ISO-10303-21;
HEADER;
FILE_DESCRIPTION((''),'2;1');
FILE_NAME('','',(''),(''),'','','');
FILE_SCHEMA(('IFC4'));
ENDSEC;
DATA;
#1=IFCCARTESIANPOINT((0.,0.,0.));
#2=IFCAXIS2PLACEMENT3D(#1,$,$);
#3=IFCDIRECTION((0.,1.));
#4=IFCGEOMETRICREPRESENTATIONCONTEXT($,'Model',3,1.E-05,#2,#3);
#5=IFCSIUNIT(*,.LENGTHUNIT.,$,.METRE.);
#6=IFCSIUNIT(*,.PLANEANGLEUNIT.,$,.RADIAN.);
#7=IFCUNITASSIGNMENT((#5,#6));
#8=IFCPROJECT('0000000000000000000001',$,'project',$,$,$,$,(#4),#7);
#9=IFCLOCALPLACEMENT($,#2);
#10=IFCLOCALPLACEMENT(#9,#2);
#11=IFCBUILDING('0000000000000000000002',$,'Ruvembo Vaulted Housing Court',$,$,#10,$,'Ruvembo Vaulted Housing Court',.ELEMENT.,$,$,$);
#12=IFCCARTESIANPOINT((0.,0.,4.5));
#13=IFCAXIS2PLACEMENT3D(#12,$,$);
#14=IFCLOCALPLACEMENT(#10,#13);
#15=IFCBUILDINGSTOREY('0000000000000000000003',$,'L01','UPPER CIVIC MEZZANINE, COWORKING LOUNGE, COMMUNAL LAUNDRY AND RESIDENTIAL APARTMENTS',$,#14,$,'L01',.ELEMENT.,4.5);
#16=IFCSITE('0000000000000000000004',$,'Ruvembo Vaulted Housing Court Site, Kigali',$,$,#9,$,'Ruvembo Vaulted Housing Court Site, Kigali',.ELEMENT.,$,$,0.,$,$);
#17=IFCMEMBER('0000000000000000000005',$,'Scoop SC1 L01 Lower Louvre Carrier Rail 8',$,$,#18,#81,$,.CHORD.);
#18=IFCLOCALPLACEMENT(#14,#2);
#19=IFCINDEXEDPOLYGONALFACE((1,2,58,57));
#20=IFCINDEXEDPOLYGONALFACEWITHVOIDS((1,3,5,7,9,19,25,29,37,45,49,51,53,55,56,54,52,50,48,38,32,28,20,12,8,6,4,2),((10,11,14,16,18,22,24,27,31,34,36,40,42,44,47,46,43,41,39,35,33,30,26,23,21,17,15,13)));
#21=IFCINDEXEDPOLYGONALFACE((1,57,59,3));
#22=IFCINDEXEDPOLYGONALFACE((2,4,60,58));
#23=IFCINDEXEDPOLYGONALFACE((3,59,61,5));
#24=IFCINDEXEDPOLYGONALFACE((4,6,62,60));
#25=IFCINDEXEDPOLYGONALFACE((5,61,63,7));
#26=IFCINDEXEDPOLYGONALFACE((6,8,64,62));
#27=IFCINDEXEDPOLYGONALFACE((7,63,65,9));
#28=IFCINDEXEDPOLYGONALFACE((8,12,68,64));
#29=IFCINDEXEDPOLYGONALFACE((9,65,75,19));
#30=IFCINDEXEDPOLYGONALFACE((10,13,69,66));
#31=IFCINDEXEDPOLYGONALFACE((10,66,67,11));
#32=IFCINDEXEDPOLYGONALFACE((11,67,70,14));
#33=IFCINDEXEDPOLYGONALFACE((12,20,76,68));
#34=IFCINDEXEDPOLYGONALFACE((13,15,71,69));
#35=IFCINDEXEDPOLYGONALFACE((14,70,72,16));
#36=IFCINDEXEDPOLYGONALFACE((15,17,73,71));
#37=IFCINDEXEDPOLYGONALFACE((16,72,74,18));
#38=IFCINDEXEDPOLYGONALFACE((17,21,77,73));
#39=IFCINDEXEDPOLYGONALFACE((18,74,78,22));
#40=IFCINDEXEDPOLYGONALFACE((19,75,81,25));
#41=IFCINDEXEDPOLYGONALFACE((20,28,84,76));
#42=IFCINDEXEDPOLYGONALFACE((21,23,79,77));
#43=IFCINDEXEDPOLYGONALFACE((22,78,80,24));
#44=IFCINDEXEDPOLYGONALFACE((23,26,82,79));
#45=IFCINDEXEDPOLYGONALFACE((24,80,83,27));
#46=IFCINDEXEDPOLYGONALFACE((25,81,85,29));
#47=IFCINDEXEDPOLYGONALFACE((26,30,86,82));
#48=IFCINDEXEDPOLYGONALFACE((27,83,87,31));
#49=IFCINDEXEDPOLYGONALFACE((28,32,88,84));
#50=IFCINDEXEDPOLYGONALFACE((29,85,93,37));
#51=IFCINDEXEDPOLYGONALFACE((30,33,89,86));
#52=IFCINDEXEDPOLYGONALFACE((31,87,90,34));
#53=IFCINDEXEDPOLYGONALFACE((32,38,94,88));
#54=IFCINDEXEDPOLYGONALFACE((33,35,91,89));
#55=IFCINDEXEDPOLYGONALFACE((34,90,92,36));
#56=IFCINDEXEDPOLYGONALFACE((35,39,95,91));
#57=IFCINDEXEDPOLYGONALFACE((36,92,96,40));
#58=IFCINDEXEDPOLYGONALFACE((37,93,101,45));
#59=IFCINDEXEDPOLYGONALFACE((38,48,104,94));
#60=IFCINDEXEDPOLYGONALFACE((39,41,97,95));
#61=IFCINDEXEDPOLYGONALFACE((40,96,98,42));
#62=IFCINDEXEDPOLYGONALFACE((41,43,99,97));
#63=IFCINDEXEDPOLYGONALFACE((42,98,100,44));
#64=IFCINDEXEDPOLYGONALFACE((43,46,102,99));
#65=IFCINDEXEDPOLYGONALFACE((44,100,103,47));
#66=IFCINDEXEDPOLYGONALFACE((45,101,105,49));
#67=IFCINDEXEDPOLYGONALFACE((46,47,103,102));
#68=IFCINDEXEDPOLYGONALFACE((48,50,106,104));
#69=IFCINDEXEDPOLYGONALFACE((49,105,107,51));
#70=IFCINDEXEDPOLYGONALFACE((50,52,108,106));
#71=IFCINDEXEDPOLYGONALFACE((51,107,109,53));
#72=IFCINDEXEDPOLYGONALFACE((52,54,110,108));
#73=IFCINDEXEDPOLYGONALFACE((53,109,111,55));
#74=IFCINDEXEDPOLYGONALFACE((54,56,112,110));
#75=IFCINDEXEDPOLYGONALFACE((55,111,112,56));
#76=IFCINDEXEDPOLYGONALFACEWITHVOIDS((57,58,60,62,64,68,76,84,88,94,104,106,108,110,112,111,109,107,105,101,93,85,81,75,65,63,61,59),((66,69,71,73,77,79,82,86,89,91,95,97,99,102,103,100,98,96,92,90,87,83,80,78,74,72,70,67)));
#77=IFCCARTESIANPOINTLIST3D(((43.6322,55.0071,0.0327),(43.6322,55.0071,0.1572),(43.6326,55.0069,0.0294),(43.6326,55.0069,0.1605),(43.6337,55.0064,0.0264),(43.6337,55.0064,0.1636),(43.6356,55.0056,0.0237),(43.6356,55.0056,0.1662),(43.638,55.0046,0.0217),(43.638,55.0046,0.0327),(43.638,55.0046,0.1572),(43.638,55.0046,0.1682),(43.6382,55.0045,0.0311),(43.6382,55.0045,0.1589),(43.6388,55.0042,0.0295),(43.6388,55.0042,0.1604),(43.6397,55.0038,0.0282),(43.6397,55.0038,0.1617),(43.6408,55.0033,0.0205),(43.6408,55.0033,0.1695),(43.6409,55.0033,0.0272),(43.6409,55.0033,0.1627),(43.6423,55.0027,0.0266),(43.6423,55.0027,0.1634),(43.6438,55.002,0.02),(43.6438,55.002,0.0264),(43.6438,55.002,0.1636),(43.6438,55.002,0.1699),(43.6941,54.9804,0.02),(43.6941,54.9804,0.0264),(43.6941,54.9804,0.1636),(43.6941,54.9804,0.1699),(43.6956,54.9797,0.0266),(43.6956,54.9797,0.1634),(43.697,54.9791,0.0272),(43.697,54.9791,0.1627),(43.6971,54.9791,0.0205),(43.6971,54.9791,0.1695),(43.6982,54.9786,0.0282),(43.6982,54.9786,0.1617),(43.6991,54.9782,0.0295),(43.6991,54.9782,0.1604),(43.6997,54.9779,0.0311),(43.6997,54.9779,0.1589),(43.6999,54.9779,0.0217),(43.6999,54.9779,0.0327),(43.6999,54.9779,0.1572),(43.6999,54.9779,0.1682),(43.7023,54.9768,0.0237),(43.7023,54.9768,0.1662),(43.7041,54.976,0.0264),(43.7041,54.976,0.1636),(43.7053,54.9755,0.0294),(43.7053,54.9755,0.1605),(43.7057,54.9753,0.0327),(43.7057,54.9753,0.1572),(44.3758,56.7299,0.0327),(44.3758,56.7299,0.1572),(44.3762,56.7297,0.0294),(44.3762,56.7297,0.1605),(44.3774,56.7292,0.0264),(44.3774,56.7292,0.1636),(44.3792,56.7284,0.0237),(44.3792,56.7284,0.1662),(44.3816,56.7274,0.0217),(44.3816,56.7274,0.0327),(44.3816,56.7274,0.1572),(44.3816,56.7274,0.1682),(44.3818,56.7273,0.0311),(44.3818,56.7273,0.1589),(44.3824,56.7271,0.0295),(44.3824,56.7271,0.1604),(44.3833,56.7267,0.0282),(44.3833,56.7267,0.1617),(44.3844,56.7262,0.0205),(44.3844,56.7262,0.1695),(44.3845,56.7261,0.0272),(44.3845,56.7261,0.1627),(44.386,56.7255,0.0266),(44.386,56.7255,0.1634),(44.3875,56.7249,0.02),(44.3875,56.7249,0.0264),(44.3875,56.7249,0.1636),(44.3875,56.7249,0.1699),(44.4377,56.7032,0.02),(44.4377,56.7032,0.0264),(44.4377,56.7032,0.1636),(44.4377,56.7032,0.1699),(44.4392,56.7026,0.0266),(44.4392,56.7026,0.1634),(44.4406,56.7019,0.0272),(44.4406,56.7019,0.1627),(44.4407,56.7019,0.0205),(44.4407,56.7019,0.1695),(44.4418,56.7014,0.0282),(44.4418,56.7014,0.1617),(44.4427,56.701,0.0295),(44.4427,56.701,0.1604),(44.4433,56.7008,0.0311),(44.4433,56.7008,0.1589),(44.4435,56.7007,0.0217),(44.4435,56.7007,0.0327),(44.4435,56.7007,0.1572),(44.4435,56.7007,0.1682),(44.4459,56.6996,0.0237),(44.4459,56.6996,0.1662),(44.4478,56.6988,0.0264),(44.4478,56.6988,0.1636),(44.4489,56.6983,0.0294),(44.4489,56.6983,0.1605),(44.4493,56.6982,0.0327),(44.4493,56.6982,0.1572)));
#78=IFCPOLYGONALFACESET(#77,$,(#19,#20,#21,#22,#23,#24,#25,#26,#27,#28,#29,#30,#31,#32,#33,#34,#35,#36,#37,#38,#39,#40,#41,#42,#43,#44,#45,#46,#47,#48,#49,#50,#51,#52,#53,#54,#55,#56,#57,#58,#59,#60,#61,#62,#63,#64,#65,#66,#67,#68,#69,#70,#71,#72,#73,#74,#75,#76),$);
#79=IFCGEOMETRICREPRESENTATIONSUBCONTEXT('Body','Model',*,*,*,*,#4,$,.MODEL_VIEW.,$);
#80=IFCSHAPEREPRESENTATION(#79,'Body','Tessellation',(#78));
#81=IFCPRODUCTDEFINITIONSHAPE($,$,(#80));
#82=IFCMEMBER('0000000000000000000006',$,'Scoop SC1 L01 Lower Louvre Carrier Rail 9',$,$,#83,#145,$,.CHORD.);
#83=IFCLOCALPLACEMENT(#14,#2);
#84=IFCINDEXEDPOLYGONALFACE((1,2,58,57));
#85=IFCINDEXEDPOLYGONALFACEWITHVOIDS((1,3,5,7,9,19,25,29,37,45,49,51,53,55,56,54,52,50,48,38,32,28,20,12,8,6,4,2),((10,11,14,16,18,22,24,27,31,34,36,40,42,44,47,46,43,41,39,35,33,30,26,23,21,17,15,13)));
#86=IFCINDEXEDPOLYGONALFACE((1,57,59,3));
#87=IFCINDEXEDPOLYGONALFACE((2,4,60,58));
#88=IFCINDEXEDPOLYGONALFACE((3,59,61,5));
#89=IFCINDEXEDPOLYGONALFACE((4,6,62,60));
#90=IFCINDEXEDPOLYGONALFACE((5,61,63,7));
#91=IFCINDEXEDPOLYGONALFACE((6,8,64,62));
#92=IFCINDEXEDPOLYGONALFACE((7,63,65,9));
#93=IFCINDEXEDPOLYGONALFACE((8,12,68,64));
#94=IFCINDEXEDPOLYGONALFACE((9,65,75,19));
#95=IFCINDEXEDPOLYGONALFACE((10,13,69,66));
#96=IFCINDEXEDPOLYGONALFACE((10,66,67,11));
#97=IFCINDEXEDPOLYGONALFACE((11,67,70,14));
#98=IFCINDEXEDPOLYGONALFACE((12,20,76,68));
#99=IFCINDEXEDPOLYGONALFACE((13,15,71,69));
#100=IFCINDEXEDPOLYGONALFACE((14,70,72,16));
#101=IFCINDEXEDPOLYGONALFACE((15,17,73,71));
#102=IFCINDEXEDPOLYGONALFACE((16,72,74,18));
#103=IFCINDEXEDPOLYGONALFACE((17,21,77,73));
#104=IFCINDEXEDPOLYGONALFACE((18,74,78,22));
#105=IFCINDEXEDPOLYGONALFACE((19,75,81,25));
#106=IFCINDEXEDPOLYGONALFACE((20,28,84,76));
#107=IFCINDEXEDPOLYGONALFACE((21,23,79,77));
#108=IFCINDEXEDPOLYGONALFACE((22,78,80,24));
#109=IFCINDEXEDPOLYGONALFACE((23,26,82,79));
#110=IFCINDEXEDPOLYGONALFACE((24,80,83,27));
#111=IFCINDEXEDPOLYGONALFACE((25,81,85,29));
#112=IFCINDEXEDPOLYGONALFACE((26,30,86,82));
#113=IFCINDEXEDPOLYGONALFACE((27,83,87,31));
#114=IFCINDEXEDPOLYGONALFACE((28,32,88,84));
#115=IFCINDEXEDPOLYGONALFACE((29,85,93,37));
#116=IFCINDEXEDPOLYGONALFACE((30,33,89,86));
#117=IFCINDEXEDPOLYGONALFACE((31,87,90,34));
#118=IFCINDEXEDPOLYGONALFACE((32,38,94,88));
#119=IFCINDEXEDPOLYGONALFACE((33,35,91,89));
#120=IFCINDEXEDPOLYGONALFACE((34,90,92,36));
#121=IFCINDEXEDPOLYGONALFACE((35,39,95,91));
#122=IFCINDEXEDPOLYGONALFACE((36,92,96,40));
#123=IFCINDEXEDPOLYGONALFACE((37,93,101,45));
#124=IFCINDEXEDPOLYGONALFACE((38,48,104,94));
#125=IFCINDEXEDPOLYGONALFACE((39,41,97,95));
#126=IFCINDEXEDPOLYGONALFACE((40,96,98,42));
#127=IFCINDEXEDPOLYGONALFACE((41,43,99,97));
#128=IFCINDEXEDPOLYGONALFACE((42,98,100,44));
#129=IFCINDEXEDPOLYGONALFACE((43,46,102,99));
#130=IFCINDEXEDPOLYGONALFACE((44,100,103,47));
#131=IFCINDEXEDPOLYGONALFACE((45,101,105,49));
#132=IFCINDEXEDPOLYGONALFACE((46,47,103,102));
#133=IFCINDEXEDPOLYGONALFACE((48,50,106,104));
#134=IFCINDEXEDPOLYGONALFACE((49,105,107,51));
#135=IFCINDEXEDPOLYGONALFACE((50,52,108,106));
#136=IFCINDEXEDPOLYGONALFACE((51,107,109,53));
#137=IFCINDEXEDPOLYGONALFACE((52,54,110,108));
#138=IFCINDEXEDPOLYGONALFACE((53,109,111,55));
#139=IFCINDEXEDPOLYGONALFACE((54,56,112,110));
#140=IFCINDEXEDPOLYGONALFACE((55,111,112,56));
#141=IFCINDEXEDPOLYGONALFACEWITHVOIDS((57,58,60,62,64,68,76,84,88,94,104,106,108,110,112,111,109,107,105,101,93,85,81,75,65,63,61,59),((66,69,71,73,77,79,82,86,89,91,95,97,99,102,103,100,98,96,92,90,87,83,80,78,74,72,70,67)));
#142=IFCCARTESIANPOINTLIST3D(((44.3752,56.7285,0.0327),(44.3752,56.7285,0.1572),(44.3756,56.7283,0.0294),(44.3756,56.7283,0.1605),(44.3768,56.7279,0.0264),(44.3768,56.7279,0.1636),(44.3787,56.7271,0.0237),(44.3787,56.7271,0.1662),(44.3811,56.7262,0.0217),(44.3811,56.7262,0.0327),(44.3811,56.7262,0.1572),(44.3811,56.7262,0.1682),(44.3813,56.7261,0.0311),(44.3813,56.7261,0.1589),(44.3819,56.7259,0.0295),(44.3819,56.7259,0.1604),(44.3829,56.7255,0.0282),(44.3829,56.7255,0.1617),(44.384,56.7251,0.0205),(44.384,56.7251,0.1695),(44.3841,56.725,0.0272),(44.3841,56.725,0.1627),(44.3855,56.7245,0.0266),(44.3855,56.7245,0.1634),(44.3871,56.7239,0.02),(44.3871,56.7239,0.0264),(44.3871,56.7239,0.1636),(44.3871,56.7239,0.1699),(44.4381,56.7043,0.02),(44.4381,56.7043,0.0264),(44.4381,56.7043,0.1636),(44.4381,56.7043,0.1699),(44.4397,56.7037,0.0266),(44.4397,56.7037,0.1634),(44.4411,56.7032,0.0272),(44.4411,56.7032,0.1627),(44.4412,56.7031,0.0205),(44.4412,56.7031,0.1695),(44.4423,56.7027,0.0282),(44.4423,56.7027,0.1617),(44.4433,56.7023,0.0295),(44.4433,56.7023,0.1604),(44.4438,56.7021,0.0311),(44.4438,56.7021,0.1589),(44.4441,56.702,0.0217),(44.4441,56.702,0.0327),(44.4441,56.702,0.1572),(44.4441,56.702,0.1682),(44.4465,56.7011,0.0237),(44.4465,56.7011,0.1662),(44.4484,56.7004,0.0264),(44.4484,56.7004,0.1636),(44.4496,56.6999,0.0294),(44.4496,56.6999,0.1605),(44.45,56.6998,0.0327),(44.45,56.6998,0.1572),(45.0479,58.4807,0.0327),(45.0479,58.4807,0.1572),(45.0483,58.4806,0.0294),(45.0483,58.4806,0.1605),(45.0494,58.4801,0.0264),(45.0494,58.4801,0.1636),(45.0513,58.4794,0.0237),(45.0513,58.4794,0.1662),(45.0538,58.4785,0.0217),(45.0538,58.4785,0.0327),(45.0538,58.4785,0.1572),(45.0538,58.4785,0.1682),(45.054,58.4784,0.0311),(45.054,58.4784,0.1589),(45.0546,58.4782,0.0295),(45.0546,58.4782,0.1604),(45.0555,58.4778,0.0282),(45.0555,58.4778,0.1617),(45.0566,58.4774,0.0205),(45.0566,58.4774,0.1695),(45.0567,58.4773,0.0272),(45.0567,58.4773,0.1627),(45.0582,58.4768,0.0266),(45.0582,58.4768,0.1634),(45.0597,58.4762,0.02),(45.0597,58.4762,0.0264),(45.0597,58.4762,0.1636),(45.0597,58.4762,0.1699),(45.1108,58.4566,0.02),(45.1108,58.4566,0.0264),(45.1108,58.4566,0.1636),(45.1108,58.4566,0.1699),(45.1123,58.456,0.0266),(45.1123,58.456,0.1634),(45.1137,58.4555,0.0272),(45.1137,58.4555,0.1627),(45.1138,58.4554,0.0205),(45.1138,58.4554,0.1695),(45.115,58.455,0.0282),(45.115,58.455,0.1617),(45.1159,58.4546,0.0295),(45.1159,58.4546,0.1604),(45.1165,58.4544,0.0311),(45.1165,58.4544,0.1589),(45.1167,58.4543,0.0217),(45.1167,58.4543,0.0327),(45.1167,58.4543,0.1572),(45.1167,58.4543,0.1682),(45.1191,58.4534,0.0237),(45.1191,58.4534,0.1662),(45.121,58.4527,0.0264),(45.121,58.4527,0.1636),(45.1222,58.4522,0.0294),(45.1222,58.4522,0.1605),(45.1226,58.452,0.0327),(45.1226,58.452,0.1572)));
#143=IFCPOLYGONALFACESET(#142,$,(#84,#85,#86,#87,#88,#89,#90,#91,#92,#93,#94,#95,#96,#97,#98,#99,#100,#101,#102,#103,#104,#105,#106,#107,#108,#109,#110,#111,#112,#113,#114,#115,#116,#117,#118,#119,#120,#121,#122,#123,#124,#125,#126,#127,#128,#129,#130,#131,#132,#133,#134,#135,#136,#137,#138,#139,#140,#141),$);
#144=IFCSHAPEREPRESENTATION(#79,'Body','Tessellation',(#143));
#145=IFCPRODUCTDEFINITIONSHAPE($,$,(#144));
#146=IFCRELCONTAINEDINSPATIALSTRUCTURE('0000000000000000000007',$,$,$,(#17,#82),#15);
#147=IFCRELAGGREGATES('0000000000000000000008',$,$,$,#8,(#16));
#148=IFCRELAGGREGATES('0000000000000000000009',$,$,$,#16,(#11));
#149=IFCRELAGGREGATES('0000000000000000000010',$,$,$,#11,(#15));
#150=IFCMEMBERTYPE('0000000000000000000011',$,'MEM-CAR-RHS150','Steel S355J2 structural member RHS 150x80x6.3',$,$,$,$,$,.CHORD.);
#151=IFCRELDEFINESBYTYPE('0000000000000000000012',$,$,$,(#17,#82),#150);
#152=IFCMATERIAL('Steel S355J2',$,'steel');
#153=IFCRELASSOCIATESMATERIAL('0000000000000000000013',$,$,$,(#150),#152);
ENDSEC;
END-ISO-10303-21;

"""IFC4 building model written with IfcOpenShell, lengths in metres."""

from ifc_helpers import new_model, si_unit, direction, frame, origin, origin_2d, place, context, subcontext, project, spatial, hollow_rectangle, extrude, material, material_profile, profile_set, type_object, element, save


model = new_model("IFC4")

# Units and contexts
model_context = context("Model", 3, precision=1e-05, world=origin(), true_north=direction((0.0, 1.0)))
body_context = subcontext(model_context, "Body", "Model", "MODEL_VIEW")
ifc_project = project(units=[si_unit("LENGTHUNIT", "METRE"), si_unit("PLANEANGLEUNIT", "RADIAN")], contexts=[model_context])

# Site, building, storey
site_placement = place(None, origin())
site = spatial("IfcSite", under=ifc_project, at=site_placement, Name="Ruvembo Vaulted Housing Court Site, Kigali", LongName="Ruvembo Vaulted Housing Court Site, Kigali", CompositionType="ELEMENT", RefElevation=0.0)
building_placement = place(site_placement, origin())
building = spatial("IfcBuilding", under=site, at=building_placement, Name="Ruvembo Vaulted Housing Court", LongName="Ruvembo Vaulted Housing Court", CompositionType="ELEMENT")
storey_placement = place(building_placement, frame((0.0, 0.0, 4.5)))
storey = spatial("IfcBuildingStorey", under=building, at=storey_placement, Name="L01", Description="UPPER CIVIC MEZZANINE, COWORKING LOUNGE, COMMUNAL LAUNDRY AND RESIDENTIAL APARTMENTS", LongName="L01", CompositionType="ELEMENT", Elevation=4.5)

# Shared definitions
ifc_material_1 = material(Name="Steel S355J2", Category="steel")

# Members
ifc_material_profile_1 = material_profile(ifc_material_1, hollow_rectangle(XDim=0.0801, YDim=0.1499, WallThickness=0.0063, InnerFilletRadius=0.0063, OuterFilletRadius=0.0127, at=origin_2d()), Name="RHS 150x80x6.3")
ifc_profile_set_1 = profile_set([ifc_material_profile_1], Name="Steel S355J2")
member_type_1 = type_object("IfcMemberType", Name="MEM-CAR-RHS150", Description="Steel S355J2 structural member RHS 150x80x6.3", PredefinedType="CHORD", material=ifc_profile_set_1)
for number, where, z_axis, x_axis, name in (
    (1, (43.6689, 54.9912, 0.095), (0.396289, 0.918126, 0.0), (-0.918126, 0.396289, 0.0), "Scoop SC1 L01 Lower Louvre Carrier Rail 8"),
):
    element("IfcMember", number, at=place(storey_placement, frame(where, z_axis=z_axis, x_axis=x_axis)), inside=storey, type_object=member_type_1, Name=name, PredefinedType="CHORD", context=body_context, shape_type="SweptSolid", body=[
        extrude(hollow_rectangle(XDim=0.0801, YDim=0.1499, WallThickness=0.0063, InnerFilletRadius=0.0063, OuterFilletRadius=0.0127, at=origin_2d()), origin(), (0.0, 0.0, 1.0), 1.8765),
    ])
member_1_placement = place(storey_placement, frame((44.4126, 56.7141, 0.095), z_axis=(0.358369, 0.93358, 0.0), x_axis=(-0.93358, 0.358369, 0.0)))
element("IfcMember", 2, at=member_1_placement, inside=storey, type_object=member_type_1, Name="Scoop SC1 L01 Lower Louvre Carrier Rail 9", PredefinedType="CHORD", context=body_context, shape_type="SweptSolid", body=[
    extrude(hollow_rectangle(XDim=0.0801, YDim=0.1499, WallThickness=0.0063, InnerFilletRadius=0.0063, OuterFilletRadius=0.0127, at=origin_2d()), origin(), (0.0, 0.0, 1.0), 1.877),
])

save(model, "model.ifc")
